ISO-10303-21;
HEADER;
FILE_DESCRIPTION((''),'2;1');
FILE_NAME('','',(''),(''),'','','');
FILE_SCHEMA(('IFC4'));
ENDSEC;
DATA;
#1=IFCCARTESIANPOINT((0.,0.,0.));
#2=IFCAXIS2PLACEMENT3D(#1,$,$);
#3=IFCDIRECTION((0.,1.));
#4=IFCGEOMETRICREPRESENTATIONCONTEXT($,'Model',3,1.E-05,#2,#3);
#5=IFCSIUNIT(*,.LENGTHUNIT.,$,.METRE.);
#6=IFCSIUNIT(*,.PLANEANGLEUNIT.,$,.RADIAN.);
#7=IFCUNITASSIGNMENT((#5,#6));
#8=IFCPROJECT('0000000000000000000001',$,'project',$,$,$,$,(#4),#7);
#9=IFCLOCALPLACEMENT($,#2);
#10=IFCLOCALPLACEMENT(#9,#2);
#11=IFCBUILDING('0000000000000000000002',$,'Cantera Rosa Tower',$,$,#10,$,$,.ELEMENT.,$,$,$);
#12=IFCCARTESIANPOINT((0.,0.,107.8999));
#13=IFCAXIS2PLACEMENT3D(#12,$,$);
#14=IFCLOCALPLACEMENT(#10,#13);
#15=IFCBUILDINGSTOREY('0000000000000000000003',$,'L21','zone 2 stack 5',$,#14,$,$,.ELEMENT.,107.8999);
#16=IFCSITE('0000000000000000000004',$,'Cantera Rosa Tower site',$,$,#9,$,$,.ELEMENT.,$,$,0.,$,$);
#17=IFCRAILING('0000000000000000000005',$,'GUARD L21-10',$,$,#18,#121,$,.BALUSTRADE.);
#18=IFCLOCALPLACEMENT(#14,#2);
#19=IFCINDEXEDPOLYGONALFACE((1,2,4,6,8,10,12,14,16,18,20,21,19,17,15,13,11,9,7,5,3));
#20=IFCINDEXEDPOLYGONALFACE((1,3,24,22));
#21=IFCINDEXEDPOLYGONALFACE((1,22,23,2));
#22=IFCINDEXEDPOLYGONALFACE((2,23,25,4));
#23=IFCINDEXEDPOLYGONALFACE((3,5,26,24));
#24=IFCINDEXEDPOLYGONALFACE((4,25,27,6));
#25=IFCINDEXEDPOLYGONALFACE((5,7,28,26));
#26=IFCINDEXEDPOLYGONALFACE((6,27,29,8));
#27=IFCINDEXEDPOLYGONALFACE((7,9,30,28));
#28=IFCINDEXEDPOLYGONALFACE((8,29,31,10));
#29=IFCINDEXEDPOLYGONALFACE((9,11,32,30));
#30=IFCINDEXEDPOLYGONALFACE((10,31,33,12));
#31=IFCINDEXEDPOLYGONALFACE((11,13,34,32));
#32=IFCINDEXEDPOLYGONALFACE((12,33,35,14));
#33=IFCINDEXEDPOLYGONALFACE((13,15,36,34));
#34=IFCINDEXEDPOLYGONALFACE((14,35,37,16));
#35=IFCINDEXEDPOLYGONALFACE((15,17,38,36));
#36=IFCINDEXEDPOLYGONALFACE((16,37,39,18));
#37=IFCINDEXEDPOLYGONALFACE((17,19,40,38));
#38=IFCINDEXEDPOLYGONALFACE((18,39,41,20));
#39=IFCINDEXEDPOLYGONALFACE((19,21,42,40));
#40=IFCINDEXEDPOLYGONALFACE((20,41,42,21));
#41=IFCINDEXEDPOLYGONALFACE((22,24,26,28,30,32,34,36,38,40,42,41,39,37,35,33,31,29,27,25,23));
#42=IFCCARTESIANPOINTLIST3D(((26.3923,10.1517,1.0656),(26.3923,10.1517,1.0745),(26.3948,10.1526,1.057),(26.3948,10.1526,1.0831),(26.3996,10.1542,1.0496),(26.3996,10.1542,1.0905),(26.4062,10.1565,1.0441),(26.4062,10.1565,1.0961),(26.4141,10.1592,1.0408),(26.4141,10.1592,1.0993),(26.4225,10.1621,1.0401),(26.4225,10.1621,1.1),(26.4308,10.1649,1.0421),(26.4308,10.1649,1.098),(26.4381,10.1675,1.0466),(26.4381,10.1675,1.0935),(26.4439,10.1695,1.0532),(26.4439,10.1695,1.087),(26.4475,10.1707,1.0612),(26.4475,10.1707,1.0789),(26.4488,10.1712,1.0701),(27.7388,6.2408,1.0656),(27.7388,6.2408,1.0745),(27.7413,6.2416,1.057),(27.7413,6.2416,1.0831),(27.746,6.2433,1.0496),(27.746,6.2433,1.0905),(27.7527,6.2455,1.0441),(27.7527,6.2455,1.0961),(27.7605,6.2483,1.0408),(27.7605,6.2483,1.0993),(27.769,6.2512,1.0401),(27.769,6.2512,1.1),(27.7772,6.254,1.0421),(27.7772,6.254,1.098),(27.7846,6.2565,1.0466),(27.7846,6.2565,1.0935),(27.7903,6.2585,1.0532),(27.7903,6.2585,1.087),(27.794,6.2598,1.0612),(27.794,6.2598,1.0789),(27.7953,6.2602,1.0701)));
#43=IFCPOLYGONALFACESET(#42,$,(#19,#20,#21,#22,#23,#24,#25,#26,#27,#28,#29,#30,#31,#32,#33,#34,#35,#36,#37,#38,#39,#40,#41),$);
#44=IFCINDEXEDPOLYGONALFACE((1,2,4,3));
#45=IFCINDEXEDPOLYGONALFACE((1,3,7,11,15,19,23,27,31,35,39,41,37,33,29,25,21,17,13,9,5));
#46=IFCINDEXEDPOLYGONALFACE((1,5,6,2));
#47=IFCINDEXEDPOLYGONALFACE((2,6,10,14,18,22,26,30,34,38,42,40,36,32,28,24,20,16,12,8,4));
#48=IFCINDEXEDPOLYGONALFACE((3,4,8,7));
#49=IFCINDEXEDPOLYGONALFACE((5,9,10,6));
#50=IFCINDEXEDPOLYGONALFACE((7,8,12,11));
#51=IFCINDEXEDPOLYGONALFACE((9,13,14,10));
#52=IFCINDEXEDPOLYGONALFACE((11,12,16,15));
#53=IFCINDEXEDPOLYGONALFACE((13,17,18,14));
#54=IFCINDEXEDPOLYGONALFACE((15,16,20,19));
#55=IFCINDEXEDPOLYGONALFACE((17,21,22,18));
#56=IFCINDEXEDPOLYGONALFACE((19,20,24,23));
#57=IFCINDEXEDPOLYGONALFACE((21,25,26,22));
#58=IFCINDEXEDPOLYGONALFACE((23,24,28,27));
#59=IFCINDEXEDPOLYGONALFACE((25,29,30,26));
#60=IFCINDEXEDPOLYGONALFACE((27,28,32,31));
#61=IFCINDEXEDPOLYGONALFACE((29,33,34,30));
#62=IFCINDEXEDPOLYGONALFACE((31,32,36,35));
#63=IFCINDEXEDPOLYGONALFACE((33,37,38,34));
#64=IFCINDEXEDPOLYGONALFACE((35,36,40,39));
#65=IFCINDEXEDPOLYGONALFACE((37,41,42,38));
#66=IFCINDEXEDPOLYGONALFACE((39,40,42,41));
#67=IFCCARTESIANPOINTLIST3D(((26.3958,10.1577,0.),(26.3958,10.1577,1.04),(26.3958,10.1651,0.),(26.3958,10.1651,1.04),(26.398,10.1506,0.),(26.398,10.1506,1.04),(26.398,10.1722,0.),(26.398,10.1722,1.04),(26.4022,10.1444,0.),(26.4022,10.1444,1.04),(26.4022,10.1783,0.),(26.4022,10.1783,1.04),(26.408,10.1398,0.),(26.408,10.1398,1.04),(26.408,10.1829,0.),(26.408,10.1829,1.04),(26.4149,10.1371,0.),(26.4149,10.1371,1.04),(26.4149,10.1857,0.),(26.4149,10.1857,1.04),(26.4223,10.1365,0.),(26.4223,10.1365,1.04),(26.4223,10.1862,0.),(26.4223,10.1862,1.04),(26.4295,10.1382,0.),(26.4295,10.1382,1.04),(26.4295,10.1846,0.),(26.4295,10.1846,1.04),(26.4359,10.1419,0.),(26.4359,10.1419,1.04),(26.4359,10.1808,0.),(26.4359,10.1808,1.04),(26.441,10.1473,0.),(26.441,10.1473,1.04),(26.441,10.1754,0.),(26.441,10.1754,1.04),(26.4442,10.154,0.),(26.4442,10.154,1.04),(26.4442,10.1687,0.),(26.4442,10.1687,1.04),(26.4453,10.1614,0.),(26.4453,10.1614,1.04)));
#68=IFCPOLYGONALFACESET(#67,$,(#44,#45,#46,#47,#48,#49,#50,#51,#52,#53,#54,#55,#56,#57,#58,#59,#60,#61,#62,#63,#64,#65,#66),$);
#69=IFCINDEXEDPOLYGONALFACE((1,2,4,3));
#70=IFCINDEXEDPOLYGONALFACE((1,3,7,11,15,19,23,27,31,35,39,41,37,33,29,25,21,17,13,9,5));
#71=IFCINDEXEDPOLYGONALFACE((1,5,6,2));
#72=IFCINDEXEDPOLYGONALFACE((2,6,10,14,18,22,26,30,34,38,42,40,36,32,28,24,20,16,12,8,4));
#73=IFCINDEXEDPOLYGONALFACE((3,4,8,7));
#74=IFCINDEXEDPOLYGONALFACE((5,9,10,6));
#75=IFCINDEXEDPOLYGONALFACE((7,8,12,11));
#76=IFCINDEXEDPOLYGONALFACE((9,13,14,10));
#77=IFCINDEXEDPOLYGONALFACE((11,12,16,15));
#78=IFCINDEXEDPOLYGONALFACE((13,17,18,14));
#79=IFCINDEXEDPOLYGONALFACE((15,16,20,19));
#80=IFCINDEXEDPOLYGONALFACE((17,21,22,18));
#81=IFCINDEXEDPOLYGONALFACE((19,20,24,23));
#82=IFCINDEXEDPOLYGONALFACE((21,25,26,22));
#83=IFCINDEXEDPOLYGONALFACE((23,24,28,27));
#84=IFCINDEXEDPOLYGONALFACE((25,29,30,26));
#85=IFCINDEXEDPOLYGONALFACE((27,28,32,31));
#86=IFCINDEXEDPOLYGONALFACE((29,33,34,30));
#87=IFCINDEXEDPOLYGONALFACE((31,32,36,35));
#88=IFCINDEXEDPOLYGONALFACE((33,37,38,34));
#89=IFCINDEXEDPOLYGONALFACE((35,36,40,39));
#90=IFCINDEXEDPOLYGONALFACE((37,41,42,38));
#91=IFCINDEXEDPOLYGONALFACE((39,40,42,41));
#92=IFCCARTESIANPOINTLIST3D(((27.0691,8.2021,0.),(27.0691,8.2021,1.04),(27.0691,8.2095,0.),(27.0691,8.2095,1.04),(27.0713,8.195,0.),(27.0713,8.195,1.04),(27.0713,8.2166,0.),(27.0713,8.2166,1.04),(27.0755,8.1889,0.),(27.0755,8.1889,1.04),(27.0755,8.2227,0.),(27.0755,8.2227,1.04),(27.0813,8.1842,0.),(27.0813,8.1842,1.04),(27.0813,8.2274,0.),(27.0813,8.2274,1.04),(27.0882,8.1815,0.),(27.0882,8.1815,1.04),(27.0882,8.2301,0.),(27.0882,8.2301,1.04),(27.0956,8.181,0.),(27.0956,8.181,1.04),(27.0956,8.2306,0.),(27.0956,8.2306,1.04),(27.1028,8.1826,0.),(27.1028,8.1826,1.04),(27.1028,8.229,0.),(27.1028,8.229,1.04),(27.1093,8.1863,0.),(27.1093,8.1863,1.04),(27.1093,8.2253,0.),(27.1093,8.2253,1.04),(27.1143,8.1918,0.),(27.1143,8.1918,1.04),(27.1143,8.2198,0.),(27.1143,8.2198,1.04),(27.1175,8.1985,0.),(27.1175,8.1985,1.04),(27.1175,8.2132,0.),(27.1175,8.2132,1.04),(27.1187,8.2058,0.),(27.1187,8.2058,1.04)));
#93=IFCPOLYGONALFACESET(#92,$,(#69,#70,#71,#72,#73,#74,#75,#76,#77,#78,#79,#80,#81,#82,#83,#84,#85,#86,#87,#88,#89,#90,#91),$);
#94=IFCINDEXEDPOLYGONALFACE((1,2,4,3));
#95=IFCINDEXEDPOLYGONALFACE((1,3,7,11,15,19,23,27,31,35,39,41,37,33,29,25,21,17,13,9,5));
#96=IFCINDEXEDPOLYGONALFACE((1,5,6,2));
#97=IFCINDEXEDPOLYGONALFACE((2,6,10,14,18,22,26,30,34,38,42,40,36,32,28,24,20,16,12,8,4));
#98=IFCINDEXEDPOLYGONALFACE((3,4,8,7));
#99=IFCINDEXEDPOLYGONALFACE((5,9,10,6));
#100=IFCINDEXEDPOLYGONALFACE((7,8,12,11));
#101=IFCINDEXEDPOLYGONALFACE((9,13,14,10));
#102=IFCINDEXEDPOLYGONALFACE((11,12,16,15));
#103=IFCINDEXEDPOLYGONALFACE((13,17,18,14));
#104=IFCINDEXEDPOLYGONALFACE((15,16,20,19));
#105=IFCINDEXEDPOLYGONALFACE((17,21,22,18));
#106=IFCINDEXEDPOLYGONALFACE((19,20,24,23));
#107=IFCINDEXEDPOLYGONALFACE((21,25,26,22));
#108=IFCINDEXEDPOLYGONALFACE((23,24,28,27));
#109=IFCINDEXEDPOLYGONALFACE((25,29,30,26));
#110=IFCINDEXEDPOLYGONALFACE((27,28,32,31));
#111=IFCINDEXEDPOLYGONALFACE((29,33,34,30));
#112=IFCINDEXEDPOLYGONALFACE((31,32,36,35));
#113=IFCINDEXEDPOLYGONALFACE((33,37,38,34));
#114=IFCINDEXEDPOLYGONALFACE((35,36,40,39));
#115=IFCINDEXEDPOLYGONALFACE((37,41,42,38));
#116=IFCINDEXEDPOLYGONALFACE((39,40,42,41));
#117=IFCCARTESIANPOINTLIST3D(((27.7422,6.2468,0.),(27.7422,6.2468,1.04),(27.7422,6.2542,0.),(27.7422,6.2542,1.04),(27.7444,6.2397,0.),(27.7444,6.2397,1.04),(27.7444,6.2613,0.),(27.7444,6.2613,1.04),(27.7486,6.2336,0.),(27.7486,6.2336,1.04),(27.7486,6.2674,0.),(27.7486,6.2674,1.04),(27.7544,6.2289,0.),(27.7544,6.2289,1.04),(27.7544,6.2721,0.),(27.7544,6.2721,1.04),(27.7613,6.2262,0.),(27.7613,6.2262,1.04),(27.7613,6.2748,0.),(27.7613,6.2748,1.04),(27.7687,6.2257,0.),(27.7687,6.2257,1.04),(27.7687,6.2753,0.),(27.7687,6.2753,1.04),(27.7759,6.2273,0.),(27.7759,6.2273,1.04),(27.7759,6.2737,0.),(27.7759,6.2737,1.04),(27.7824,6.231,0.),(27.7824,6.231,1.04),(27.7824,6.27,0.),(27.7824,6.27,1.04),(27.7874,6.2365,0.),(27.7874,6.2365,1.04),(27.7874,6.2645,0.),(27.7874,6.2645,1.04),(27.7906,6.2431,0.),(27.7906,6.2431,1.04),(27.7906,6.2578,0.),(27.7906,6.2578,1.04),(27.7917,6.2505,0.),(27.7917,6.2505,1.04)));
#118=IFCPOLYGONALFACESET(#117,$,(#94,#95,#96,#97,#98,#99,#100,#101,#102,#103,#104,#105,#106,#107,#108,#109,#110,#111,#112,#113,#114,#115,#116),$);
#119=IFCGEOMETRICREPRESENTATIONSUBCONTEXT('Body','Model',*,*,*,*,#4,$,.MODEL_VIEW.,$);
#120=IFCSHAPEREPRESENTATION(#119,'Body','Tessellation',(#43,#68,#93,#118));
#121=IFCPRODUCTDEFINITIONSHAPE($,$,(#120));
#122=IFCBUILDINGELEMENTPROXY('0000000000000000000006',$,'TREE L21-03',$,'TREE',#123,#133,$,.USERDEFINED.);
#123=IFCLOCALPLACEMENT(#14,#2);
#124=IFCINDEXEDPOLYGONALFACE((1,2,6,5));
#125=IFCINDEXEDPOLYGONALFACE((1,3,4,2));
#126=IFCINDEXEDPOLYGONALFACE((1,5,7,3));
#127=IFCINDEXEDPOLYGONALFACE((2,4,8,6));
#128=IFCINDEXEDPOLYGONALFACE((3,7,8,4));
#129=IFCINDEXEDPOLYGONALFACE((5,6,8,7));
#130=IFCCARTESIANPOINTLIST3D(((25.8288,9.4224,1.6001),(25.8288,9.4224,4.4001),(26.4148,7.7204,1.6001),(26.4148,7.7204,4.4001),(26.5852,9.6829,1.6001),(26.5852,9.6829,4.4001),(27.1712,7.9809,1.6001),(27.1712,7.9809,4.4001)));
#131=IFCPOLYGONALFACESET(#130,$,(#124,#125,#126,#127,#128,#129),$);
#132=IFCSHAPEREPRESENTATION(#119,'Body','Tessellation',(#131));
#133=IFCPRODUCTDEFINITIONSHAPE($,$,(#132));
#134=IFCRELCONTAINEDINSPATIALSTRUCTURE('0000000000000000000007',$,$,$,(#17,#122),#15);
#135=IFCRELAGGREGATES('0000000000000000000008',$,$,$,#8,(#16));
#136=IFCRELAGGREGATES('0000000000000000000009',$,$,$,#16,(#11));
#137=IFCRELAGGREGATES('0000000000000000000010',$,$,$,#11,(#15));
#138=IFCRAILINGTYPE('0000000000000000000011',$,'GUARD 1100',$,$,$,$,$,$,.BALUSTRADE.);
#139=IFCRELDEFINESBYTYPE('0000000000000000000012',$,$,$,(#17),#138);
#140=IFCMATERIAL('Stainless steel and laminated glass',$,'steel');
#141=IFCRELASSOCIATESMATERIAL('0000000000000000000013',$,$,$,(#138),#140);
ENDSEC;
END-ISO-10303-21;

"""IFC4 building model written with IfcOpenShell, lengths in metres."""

from ifc_helpers import new_model, si_unit, direction, frame, origin, origin_2d, place, context, subcontext, project, spatial, rectangle, circle, extrude, material, type_object, element, save


model = new_model("IFC4")

# Units and contexts
model_context = context("Model", 3, precision=1e-05, world=origin(), true_north=direction((0.0, 1.0)))
body_context = subcontext(model_context, "Body", "Model", "MODEL_VIEW")
ifc_project = project(units=[si_unit("LENGTHUNIT", "METRE"), si_unit("PLANEANGLEUNIT", "RADIAN")], contexts=[model_context])

# Site, building, storey
site_placement = place(None, origin())
site = spatial("IfcSite", under=ifc_project, at=site_placement, Name="Cantera Rosa Tower site", CompositionType="ELEMENT", RefElevation=0.0)
building_placement = place(site_placement, origin())
building = spatial("IfcBuilding", under=site, at=building_placement, Name="Cantera Rosa Tower", CompositionType="ELEMENT")
storey_placement = place(building_placement, frame((0.0, 0.0, 107.8999)))
storey = spatial("IfcBuildingStorey", under=building, at=storey_placement, Name="L21", Description="zone 2 stack 5", CompositionType="ELEMENT", Elevation=107.8999)

# Railing
ifc_material_1 = material(Name="Stainless steel and laminated glass", Category="steel")
railing_type = type_object("IfcRailingType", Name="GUARD 1100", PredefinedType="BALUSTRADE", material=ifc_material_1)
railing_1_placement = place(storey_placement, frame((26.4204, 10.1614, 0.0)))
element("IfcRailing", 1, at=railing_1_placement, inside=storey, type_object=railing_type, Name="GUARD L21-10", PredefinedType="BALUSTRADE", context=body_context, shape_type="SweptSolid", body=[
    extrude(circle(Radius=0.03, at=origin_2d()), frame((0.0, 0.0, 1.0701), z_axis=(0.325527, -0.945533, 0.0), x_axis=(0.945533, 0.325527, 0.0)), (0.0, 0.0, 1.0), 4.1362),
    extrude(circle(Radius=0.0249, at=origin_2d()), origin(), (0.0, 0.0, 1.0), 1.04),
    extrude(circle(Radius=0.0249, at=origin_2d()), frame((0.6733, -1.9556, 0.0)), (0.0, 0.0, 1.0), 1.04),
    extrude(circle(Radius=0.0249, at=origin_2d()), frame((1.3464, -3.9109, 0.0)), (0.0, 0.0, 1.0), 1.04),
])

# Building element proxy
proxy_placement = place(storey_placement, frame((26.5, 8.7017, 1.6001), z_axis=(0.0, 0.0, 1.0), x_axis=(-0.325568, 0.945519, 0.0)))
element("IfcBuildingElementProxy", 2, at=proxy_placement, inside=storey, Name="TREE L21-03", ObjectType="TREE", PredefinedType="USERDEFINED", context=body_context, shape_type="SweptSolid", body=[
    extrude(rectangle(XDim=1.8, YDim=0.8, at=origin_2d()), origin(), (0.0, 0.0, 1.0), 2.8),
])

save(model, "model.ifc")
